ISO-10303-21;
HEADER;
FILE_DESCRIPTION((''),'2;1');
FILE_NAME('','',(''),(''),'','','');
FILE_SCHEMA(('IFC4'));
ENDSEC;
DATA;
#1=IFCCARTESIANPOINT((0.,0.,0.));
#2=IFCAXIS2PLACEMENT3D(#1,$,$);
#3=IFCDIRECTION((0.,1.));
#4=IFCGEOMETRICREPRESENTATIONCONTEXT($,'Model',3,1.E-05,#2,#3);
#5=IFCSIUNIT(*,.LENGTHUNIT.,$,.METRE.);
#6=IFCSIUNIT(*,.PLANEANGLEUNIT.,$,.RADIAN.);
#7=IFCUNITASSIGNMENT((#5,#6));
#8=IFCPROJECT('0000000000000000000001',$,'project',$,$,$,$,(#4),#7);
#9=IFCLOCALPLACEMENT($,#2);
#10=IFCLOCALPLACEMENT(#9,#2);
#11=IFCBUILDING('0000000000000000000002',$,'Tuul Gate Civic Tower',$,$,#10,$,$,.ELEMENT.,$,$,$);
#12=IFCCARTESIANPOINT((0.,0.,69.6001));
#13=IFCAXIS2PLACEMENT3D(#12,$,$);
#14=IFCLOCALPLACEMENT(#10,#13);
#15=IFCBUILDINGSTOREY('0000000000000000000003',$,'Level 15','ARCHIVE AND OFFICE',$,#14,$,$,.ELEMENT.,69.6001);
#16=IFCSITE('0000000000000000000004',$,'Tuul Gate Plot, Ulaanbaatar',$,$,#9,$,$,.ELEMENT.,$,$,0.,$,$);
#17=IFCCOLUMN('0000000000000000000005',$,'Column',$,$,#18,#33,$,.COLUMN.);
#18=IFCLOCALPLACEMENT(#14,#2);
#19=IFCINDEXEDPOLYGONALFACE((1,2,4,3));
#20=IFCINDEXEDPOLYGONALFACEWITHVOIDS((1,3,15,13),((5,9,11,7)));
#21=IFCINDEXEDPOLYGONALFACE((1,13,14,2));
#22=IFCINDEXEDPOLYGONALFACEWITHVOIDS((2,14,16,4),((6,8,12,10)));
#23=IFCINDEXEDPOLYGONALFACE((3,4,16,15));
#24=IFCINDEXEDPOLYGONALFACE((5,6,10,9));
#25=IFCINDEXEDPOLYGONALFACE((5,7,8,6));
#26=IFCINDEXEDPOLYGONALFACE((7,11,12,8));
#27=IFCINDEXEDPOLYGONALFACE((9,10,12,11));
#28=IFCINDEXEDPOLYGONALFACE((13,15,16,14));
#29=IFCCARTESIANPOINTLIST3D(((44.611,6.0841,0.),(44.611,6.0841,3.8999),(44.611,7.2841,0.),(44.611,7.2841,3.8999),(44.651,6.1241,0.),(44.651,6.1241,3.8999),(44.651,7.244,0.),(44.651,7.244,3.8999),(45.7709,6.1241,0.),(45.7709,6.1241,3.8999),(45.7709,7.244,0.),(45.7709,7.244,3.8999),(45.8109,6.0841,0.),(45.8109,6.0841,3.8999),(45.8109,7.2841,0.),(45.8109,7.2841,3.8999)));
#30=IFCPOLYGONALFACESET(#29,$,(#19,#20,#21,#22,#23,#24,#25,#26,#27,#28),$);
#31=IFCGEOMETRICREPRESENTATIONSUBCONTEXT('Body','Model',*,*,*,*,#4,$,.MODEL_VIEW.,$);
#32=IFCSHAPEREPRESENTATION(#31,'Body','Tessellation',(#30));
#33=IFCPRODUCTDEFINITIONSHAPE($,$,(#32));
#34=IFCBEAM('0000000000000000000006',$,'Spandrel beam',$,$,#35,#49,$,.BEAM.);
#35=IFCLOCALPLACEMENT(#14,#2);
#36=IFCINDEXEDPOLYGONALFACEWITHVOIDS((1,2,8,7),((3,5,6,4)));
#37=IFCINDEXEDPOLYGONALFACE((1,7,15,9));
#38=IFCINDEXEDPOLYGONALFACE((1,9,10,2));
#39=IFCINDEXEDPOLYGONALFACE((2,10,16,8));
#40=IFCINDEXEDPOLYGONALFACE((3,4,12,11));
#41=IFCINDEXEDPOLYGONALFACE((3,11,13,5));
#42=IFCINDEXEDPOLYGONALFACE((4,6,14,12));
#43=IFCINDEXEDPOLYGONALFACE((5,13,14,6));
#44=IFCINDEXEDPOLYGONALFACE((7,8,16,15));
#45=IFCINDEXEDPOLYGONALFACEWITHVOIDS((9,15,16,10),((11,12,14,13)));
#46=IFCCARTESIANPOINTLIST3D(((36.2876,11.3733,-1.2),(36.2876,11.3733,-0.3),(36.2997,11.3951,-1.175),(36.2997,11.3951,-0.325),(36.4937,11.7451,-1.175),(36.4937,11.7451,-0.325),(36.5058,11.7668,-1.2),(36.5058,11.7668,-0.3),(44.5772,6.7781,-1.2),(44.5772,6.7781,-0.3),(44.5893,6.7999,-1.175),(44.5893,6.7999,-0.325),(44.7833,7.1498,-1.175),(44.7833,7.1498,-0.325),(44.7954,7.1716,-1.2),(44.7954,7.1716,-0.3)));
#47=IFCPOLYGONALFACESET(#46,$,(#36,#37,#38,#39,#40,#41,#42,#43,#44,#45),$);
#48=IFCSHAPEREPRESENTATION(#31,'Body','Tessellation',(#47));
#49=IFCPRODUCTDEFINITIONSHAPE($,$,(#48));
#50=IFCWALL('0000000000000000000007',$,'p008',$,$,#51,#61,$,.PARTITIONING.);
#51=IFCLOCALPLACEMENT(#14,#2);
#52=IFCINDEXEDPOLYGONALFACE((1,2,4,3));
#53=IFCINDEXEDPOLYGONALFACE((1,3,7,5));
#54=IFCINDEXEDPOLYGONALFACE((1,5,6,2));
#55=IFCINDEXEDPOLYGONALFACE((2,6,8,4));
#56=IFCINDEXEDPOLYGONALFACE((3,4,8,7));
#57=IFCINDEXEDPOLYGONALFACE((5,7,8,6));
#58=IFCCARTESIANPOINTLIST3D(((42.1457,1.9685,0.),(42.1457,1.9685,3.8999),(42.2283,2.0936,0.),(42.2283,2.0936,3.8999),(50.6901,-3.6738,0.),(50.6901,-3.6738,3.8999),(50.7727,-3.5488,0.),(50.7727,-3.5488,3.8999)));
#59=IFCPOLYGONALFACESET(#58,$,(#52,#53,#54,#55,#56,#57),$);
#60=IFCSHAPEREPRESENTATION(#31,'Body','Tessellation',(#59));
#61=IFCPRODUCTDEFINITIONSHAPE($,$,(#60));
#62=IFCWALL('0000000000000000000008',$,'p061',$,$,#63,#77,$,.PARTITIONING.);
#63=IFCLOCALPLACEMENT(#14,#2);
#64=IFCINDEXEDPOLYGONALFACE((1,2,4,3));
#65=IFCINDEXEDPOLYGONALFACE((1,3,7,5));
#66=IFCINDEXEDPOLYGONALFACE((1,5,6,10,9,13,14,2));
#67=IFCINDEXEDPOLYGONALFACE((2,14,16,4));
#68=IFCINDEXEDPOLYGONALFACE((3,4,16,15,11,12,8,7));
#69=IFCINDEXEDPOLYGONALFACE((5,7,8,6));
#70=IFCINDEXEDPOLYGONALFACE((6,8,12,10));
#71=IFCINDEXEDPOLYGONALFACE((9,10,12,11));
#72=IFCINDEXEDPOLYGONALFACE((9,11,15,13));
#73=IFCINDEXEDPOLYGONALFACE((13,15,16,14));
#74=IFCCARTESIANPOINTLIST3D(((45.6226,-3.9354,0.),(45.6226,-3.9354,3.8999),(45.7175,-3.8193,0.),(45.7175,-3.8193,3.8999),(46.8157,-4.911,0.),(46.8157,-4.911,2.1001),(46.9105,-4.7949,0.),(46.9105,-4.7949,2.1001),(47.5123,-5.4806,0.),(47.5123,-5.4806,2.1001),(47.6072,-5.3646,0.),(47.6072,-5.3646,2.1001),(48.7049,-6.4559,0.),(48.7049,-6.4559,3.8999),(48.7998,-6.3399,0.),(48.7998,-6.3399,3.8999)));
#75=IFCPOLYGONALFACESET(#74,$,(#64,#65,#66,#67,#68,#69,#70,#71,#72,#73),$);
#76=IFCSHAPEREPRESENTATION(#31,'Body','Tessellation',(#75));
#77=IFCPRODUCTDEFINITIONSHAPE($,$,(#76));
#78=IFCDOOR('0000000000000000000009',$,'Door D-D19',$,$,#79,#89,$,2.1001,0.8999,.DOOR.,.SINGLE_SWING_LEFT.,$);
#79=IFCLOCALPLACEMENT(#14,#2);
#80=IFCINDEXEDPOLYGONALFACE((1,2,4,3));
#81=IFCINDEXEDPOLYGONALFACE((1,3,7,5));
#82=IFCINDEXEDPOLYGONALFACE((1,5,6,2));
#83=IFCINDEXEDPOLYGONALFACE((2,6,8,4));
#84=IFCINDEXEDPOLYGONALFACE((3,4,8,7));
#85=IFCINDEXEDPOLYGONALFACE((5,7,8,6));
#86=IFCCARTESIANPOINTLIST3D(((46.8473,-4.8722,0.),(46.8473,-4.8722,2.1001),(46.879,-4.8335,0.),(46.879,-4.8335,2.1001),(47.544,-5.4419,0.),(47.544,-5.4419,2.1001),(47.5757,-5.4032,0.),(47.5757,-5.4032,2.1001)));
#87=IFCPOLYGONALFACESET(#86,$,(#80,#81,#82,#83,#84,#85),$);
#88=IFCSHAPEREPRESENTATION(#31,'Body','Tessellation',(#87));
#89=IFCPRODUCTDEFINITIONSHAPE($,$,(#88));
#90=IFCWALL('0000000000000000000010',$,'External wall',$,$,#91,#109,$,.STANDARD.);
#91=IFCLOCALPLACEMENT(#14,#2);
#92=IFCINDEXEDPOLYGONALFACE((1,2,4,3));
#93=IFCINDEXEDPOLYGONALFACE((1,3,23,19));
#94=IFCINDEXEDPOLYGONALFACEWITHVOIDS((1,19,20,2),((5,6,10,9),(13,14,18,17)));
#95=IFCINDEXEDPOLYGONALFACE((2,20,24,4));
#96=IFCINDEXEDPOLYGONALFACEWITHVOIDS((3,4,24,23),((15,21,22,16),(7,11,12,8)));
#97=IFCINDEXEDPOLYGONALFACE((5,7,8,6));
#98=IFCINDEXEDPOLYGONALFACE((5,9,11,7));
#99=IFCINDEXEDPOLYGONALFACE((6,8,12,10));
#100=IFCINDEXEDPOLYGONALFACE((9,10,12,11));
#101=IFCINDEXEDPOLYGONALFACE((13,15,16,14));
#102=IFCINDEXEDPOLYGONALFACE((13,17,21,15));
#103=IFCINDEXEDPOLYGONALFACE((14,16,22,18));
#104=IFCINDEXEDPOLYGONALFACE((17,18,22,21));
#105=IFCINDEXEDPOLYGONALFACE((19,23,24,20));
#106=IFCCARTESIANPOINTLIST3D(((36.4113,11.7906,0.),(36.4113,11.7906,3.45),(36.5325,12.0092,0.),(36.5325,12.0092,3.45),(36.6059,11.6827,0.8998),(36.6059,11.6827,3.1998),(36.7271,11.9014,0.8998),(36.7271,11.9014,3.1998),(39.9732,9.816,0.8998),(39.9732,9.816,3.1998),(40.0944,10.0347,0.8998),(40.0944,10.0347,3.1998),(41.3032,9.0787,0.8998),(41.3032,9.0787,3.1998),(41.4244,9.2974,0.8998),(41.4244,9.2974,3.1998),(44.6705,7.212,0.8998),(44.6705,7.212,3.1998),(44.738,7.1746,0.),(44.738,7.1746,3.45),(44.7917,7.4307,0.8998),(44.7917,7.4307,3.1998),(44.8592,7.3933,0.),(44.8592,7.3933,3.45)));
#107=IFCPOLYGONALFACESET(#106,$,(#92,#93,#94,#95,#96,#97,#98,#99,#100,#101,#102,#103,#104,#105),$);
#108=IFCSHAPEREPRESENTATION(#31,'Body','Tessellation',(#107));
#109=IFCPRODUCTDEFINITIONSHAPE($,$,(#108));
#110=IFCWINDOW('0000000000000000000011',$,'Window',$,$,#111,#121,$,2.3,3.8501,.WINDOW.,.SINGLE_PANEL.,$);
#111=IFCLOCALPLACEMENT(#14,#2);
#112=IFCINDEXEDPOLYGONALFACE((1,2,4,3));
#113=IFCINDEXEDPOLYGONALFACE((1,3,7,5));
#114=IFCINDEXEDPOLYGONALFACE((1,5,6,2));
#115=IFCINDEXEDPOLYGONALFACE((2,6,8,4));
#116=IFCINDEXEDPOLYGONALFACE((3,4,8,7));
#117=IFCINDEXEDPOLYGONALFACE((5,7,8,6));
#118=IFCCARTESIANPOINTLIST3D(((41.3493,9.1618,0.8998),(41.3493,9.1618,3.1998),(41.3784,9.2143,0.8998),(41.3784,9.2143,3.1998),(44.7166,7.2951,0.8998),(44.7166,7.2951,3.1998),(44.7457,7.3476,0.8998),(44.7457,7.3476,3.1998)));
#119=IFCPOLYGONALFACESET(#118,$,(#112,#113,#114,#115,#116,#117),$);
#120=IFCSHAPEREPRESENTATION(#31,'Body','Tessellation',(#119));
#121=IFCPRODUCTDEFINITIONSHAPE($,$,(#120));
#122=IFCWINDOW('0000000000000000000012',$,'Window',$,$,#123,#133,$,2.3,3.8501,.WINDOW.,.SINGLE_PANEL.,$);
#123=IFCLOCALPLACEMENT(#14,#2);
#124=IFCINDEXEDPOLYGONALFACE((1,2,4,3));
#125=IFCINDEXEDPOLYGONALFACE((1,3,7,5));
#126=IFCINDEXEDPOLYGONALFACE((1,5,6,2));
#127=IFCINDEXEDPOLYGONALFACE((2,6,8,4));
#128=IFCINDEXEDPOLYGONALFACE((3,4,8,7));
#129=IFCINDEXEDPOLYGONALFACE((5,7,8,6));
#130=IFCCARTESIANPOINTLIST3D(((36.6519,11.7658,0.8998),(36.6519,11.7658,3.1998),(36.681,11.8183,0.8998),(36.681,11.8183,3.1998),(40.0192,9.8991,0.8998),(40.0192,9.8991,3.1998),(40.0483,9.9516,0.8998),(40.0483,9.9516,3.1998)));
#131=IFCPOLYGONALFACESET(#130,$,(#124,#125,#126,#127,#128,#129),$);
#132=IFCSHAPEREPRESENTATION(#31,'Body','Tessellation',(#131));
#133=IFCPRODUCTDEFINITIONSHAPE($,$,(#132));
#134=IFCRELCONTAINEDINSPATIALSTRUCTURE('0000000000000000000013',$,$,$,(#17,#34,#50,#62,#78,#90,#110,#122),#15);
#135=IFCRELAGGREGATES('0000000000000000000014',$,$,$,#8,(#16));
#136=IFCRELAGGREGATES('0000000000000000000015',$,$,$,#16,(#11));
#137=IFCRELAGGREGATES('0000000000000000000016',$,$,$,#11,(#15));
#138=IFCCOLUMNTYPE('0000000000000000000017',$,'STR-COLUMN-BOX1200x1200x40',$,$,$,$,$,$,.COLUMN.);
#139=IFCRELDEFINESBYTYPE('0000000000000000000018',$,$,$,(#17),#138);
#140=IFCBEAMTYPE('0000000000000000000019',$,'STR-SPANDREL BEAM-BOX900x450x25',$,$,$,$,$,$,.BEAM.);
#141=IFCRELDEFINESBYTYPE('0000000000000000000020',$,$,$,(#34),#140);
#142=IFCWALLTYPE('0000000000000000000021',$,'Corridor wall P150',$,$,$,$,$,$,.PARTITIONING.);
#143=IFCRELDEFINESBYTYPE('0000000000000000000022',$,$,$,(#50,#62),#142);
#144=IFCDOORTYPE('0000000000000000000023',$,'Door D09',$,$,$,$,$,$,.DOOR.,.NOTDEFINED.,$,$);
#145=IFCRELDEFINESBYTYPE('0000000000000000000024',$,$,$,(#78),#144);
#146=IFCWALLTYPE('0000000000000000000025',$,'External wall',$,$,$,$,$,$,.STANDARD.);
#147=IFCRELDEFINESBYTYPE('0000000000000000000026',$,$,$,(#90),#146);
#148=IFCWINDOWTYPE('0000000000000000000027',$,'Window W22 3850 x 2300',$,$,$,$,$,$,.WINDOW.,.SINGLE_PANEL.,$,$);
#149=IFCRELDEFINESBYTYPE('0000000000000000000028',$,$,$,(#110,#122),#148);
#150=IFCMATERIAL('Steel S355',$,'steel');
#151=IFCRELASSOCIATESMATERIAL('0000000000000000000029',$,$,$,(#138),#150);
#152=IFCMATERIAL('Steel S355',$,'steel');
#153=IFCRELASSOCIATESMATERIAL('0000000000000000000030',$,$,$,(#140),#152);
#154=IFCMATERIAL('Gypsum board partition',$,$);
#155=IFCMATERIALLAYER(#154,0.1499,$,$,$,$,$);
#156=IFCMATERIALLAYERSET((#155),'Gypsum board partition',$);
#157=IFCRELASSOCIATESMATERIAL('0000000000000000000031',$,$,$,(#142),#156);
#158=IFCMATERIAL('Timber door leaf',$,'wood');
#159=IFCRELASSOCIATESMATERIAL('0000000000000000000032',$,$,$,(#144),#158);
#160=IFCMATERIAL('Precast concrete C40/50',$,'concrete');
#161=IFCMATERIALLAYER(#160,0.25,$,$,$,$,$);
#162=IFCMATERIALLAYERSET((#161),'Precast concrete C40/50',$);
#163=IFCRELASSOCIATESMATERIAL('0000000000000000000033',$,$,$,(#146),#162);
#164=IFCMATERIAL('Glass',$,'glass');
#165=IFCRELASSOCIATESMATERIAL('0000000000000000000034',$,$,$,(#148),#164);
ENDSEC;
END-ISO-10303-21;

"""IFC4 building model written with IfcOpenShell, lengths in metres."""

from ifc_helpers import new_model, si_unit, direction, frame, frame_2d, origin, origin_2d, place, context, subcontext, project, spatial, rectangle, hollow_rectangle, extrude, material, layer, layer_set, material_profile, profile_set, type_object, element, fill, save


model = new_model("IFC4")

# Units and contexts
model_context = context("Model", 3, precision=1e-05, world=origin(), true_north=direction((0.0, 1.0)))
body_context = subcontext(model_context, "Body", "Model", "MODEL_VIEW")
ifc_project = project(units=[si_unit("LENGTHUNIT", "METRE"), si_unit("PLANEANGLEUNIT", "RADIAN")], contexts=[model_context])

# Site, building, storey
site_placement = place(None, origin())
site = spatial("IfcSite", under=ifc_project, at=site_placement, Name="Tuul Gate Plot, Ulaanbaatar", CompositionType="ELEMENT", RefElevation=0.0)
building_placement = place(site_placement, origin())
building = spatial("IfcBuilding", under=site, at=building_placement, Name="Tuul Gate Civic Tower", CompositionType="ELEMENT")
storey_placement = place(building_placement, frame((0.0, 0.0, 69.6001)))
storey = spatial("IfcBuildingStorey", under=building, at=storey_placement, Name="Level 15", Description="ARCHIVE AND OFFICE", CompositionType="ELEMENT", Elevation=69.6001)

# Column
ifc_material_1 = material(Name="Steel S355", Category="steel")
ifc_material_profile_1 = material_profile(ifc_material_1, hollow_rectangle(XDim=1.2, YDim=1.2, WallThickness=0.04, at=origin_2d()), Name="BOX1200x1200x40")
ifc_profile_set_1 = profile_set([ifc_material_profile_1], Name="Steel S355")
column_type = type_object("IfcColumnType", Name="STR-COLUMN-BOX1200x1200x40", PredefinedType="COLUMN", material=ifc_profile_set_1)
column_placement = place(storey_placement, frame((45.2109, 6.6841, 0.0), z_axis=(0.0, 0.0, 1.0), x_axis=(1.0, 0.0, 0.0)))
element("IfcColumn", 1, at=column_placement, inside=storey, type_object=column_type, Name="Column", PredefinedType="COLUMN", context=body_context, shape_type="SweptSolid", body=[
    extrude(hollow_rectangle(XDim=1.2, YDim=1.2, WallThickness=0.04, at=origin_2d()), origin(), (0.0, 0.0, 1.0), 3.8999),
])

# Beam
ifc_material_2 = material(Name="Steel S355", Category="steel")
ifc_material_profile_2 = material_profile(ifc_material_2, hollow_rectangle(XDim=0.45, YDim=0.8999, WallThickness=0.0249, at=origin_2d()), Name="BOX900x450x25")
ifc_profile_set_2 = profile_set([ifc_material_profile_2], Name="Steel S355")
beam_type = type_object("IfcBeamType", Name="STR-SPANDREL BEAM-BOX900x450x25", PredefinedType="BEAM", material=ifc_profile_set_2)
beam_placement = place(storey_placement, frame((44.6863, 6.9749, -0.75), z_axis=(-0.874609, 0.484829, 0.0), x_axis=(-0.484829, -0.874609, 0.0)))
element("IfcBeam", 2, at=beam_placement, inside=storey, type_object=beam_type, Name="Spandrel beam", PredefinedType="BEAM", context=body_context, shape_type="SweptSolid", body=[
    extrude(hollow_rectangle(XDim=0.45, YDim=0.8999, WallThickness=0.0249, at=origin_2d()), origin(), (0.0, 0.0, 1.0), 9.478),
])

# Wall
ifc_material_3 = material(Name="Gypsum board partition")
ifc_layer_1 = layer(ifc_material_3, 0.1499)
ifc_layer_set_1 = layer_set([ifc_layer_1], Name="Gypsum board partition")
wall_type_1 = type_object("IfcWallType", Name="Corridor wall P150", PredefinedType="PARTITIONING", material=ifc_layer_set_1)
wall_1_placement = place(storey_placement, frame((42.187, 2.031, 0.0), z_axis=(0.0, 0.0, 1.0), x_axis=(0.834474, -0.551047, 0.0)))
element("IfcWall", 3, at=wall_1_placement, inside=storey, type_object=wall_type_1, Name="p008", PredefinedType="PARTITIONING", context=body_context, shape_type="SweptSolid", body=[
    extrude(rectangle(XDim=10.2393, YDim=0.1499, at=frame_2d((5.1196, 0.0))), origin(), (0.0, 0.0, 1.0), 3.8999),
])

# Wall, opening, door
wall_2_placement = place(storey_placement, frame((45.6702, -3.8774, 0.0), z_axis=(0.0, 0.0, 1.0), x_axis=(0.774124, -0.633034, 0.0)))
wall_2 = element("IfcWall", 4, at=wall_2_placement, inside=storey, type_object=wall_type_1, Name="p061", PredefinedType="PARTITIONING", context=body_context, shape_type="SweptSolid", body=[
    extrude(rectangle(XDim=3.9817, YDim=0.1499, at=frame_2d((1.9907, 0.0))), origin(), (0.0, 0.0, 1.0), 3.8999),
])
opening_1_placement = place(wall_2_placement, frame((1.541, 0.0, 0.0)))
opening_1 = element("IfcOpeningElement", 5, at=opening_1_placement, cuts=wall_2, PredefinedType="OPENING", context=body_context, shape_type="SweptSolid", body=[
    extrude(rectangle(XDim=0.8999, YDim=2.1001, at=frame_2d((0.45, 1.05))), frame((0.0, 0.085, 0.0), z_axis=(0.0, -1.0, 0.0), x_axis=(1.0, 0.0, 0.0)), (0.0, 0.0, 1.0), 0.1699),
])
ifc_material_4 = material(Name="Timber door leaf", Category="wood")
door_type = type_object("IfcDoorType", Name="Door D09", OperationType="NOTDEFINED", PredefinedType="DOOR", material=ifc_material_4)
door_1_placement = place(opening_1_placement, frame((0.8999, 0.0, 0.0), z_axis=(0.0, 0.0, 1.0), x_axis=(-1.0, 0.0, 0.0)))
door_1 = element("IfcDoor", 6, at=door_1_placement, inside=storey, type_object=door_type, Name="Door D-D19", OperationType="SINGLE_SWING_LEFT", OverallHeight=2.1001, OverallWidth=0.8999, PredefinedType="DOOR", context=body_context, shape_type="SweptSolid", body=[
    extrude(rectangle(XDim=0.8999, YDim=2.1001, at=frame_2d((0.45, 1.05))), frame((0.0, 0.0249, 0.0), z_axis=(0.0, -1.0, 0.0), x_axis=(1.0, 0.0, 0.0)), (0.0, 0.0, 1.0), 0.05),
])
fill(opening_1, door_1)

# Wall, openings, windows
ifc_material_5 = material(Name="Precast concrete C40/50", Category="concrete")
ifc_layer_2 = layer(ifc_material_5, 0.25)
ifc_layer_set_2 = layer_set([ifc_layer_2], Name="Precast concrete C40/50")
wall_type_2 = type_object("IfcWallType", Name="External wall", PredefinedType="STANDARD", material=ifc_layer_set_2)
wall_3_placement = place(storey_placement, frame((44.7986, 7.2839, 0.0), z_axis=(0.0, 0.0, 1.0), x_axis=(-0.874601, 0.484844, 0.0)))
wall_3 = element("IfcWall", 7, at=wall_3_placement, inside=storey, type_object=wall_type_2, Name="External wall", PredefinedType="STANDARD", context=body_context, shape_type="SweptSolid", body=[
    extrude(rectangle(XDim=9.5205, YDim=0.25, at=frame_2d((4.7603, 0.0))), origin(), (0.0, 0.0, 1.0), 3.45),
])
opening_2_placement = place(wall_3_placement, frame((0.0771, 0.0, 0.8999)))
opening_2 = element("IfcOpeningElement", 8, at=opening_2_placement, cuts=wall_3, PredefinedType="OPENING", context=body_context, shape_type="SweptSolid", body=[
    extrude(rectangle(XDim=3.8501, YDim=2.3, at=frame_2d((1.925, 1.1499))), frame((0.0, 0.135, 0.0), z_axis=(0.0, -1.0, 0.0), x_axis=(1.0, 0.0, 0.0)), (0.0, 0.0, 1.0), 0.27),
])
opening_3_placement = place(wall_3_placement, frame((5.448, 0.0, 0.8999)))
opening_3 = element("IfcOpeningElement", 9, at=opening_3_placement, cuts=wall_3, PredefinedType="OPENING", context=body_context, shape_type="SweptSolid", body=[
    extrude(rectangle(XDim=3.8501, YDim=2.3, at=frame_2d((1.925, 1.1499))), frame((0.0, 0.135, 0.0), z_axis=(0.0, -1.0, 0.0), x_axis=(1.0, 0.0, 0.0)), (0.0, 0.0, 1.0), 0.27),
])
ifc_material_6 = material(Name="Glass", Category="glass")
window_type = type_object("IfcWindowType", Name="Window W22 3850 x 2300", PartitioningType="SINGLE_PANEL", PredefinedType="WINDOW", material=ifc_material_6)
window_1_placement = place(opening_2_placement, origin())
window_1 = element("IfcWindow", 10, at=window_1_placement, inside=storey, type_object=window_type, Name="Window", OverallHeight=2.3, OverallWidth=3.8501, PartitioningType="SINGLE_PANEL", PredefinedType="WINDOW", context=body_context, shape_type="SweptSolid", body=[
    extrude(rectangle(XDim=3.8501, YDim=2.3, at=frame_2d((1.925, 1.1499))), frame((0.0, 0.03, 0.0), z_axis=(0.0, -1.0, 0.0), x_axis=(1.0, 0.0, 0.0)), (0.0, 0.0, 1.0), 0.0601),
])
fill(opening_2, window_1)
window_2_placement = place(opening_3_placement, origin())
window_2 = element("IfcWindow", 11, at=window_2_placement, inside=storey, type_object=window_type, Name="Window", OverallHeight=2.3, OverallWidth=3.8501, PartitioningType="SINGLE_PANEL", PredefinedType="WINDOW", context=body_context, shape_type="SweptSolid", body=[
    extrude(rectangle(XDim=3.8501, YDim=2.3, at=frame_2d((1.925, 1.1499))), frame((0.0, 0.03, 0.0), z_axis=(0.0, -1.0, 0.0), x_axis=(1.0, 0.0, 0.0)), (0.0, 0.0, 1.0), 0.0601),
])
fill(opening_3, window_2)

save(model, "model.ifc")
